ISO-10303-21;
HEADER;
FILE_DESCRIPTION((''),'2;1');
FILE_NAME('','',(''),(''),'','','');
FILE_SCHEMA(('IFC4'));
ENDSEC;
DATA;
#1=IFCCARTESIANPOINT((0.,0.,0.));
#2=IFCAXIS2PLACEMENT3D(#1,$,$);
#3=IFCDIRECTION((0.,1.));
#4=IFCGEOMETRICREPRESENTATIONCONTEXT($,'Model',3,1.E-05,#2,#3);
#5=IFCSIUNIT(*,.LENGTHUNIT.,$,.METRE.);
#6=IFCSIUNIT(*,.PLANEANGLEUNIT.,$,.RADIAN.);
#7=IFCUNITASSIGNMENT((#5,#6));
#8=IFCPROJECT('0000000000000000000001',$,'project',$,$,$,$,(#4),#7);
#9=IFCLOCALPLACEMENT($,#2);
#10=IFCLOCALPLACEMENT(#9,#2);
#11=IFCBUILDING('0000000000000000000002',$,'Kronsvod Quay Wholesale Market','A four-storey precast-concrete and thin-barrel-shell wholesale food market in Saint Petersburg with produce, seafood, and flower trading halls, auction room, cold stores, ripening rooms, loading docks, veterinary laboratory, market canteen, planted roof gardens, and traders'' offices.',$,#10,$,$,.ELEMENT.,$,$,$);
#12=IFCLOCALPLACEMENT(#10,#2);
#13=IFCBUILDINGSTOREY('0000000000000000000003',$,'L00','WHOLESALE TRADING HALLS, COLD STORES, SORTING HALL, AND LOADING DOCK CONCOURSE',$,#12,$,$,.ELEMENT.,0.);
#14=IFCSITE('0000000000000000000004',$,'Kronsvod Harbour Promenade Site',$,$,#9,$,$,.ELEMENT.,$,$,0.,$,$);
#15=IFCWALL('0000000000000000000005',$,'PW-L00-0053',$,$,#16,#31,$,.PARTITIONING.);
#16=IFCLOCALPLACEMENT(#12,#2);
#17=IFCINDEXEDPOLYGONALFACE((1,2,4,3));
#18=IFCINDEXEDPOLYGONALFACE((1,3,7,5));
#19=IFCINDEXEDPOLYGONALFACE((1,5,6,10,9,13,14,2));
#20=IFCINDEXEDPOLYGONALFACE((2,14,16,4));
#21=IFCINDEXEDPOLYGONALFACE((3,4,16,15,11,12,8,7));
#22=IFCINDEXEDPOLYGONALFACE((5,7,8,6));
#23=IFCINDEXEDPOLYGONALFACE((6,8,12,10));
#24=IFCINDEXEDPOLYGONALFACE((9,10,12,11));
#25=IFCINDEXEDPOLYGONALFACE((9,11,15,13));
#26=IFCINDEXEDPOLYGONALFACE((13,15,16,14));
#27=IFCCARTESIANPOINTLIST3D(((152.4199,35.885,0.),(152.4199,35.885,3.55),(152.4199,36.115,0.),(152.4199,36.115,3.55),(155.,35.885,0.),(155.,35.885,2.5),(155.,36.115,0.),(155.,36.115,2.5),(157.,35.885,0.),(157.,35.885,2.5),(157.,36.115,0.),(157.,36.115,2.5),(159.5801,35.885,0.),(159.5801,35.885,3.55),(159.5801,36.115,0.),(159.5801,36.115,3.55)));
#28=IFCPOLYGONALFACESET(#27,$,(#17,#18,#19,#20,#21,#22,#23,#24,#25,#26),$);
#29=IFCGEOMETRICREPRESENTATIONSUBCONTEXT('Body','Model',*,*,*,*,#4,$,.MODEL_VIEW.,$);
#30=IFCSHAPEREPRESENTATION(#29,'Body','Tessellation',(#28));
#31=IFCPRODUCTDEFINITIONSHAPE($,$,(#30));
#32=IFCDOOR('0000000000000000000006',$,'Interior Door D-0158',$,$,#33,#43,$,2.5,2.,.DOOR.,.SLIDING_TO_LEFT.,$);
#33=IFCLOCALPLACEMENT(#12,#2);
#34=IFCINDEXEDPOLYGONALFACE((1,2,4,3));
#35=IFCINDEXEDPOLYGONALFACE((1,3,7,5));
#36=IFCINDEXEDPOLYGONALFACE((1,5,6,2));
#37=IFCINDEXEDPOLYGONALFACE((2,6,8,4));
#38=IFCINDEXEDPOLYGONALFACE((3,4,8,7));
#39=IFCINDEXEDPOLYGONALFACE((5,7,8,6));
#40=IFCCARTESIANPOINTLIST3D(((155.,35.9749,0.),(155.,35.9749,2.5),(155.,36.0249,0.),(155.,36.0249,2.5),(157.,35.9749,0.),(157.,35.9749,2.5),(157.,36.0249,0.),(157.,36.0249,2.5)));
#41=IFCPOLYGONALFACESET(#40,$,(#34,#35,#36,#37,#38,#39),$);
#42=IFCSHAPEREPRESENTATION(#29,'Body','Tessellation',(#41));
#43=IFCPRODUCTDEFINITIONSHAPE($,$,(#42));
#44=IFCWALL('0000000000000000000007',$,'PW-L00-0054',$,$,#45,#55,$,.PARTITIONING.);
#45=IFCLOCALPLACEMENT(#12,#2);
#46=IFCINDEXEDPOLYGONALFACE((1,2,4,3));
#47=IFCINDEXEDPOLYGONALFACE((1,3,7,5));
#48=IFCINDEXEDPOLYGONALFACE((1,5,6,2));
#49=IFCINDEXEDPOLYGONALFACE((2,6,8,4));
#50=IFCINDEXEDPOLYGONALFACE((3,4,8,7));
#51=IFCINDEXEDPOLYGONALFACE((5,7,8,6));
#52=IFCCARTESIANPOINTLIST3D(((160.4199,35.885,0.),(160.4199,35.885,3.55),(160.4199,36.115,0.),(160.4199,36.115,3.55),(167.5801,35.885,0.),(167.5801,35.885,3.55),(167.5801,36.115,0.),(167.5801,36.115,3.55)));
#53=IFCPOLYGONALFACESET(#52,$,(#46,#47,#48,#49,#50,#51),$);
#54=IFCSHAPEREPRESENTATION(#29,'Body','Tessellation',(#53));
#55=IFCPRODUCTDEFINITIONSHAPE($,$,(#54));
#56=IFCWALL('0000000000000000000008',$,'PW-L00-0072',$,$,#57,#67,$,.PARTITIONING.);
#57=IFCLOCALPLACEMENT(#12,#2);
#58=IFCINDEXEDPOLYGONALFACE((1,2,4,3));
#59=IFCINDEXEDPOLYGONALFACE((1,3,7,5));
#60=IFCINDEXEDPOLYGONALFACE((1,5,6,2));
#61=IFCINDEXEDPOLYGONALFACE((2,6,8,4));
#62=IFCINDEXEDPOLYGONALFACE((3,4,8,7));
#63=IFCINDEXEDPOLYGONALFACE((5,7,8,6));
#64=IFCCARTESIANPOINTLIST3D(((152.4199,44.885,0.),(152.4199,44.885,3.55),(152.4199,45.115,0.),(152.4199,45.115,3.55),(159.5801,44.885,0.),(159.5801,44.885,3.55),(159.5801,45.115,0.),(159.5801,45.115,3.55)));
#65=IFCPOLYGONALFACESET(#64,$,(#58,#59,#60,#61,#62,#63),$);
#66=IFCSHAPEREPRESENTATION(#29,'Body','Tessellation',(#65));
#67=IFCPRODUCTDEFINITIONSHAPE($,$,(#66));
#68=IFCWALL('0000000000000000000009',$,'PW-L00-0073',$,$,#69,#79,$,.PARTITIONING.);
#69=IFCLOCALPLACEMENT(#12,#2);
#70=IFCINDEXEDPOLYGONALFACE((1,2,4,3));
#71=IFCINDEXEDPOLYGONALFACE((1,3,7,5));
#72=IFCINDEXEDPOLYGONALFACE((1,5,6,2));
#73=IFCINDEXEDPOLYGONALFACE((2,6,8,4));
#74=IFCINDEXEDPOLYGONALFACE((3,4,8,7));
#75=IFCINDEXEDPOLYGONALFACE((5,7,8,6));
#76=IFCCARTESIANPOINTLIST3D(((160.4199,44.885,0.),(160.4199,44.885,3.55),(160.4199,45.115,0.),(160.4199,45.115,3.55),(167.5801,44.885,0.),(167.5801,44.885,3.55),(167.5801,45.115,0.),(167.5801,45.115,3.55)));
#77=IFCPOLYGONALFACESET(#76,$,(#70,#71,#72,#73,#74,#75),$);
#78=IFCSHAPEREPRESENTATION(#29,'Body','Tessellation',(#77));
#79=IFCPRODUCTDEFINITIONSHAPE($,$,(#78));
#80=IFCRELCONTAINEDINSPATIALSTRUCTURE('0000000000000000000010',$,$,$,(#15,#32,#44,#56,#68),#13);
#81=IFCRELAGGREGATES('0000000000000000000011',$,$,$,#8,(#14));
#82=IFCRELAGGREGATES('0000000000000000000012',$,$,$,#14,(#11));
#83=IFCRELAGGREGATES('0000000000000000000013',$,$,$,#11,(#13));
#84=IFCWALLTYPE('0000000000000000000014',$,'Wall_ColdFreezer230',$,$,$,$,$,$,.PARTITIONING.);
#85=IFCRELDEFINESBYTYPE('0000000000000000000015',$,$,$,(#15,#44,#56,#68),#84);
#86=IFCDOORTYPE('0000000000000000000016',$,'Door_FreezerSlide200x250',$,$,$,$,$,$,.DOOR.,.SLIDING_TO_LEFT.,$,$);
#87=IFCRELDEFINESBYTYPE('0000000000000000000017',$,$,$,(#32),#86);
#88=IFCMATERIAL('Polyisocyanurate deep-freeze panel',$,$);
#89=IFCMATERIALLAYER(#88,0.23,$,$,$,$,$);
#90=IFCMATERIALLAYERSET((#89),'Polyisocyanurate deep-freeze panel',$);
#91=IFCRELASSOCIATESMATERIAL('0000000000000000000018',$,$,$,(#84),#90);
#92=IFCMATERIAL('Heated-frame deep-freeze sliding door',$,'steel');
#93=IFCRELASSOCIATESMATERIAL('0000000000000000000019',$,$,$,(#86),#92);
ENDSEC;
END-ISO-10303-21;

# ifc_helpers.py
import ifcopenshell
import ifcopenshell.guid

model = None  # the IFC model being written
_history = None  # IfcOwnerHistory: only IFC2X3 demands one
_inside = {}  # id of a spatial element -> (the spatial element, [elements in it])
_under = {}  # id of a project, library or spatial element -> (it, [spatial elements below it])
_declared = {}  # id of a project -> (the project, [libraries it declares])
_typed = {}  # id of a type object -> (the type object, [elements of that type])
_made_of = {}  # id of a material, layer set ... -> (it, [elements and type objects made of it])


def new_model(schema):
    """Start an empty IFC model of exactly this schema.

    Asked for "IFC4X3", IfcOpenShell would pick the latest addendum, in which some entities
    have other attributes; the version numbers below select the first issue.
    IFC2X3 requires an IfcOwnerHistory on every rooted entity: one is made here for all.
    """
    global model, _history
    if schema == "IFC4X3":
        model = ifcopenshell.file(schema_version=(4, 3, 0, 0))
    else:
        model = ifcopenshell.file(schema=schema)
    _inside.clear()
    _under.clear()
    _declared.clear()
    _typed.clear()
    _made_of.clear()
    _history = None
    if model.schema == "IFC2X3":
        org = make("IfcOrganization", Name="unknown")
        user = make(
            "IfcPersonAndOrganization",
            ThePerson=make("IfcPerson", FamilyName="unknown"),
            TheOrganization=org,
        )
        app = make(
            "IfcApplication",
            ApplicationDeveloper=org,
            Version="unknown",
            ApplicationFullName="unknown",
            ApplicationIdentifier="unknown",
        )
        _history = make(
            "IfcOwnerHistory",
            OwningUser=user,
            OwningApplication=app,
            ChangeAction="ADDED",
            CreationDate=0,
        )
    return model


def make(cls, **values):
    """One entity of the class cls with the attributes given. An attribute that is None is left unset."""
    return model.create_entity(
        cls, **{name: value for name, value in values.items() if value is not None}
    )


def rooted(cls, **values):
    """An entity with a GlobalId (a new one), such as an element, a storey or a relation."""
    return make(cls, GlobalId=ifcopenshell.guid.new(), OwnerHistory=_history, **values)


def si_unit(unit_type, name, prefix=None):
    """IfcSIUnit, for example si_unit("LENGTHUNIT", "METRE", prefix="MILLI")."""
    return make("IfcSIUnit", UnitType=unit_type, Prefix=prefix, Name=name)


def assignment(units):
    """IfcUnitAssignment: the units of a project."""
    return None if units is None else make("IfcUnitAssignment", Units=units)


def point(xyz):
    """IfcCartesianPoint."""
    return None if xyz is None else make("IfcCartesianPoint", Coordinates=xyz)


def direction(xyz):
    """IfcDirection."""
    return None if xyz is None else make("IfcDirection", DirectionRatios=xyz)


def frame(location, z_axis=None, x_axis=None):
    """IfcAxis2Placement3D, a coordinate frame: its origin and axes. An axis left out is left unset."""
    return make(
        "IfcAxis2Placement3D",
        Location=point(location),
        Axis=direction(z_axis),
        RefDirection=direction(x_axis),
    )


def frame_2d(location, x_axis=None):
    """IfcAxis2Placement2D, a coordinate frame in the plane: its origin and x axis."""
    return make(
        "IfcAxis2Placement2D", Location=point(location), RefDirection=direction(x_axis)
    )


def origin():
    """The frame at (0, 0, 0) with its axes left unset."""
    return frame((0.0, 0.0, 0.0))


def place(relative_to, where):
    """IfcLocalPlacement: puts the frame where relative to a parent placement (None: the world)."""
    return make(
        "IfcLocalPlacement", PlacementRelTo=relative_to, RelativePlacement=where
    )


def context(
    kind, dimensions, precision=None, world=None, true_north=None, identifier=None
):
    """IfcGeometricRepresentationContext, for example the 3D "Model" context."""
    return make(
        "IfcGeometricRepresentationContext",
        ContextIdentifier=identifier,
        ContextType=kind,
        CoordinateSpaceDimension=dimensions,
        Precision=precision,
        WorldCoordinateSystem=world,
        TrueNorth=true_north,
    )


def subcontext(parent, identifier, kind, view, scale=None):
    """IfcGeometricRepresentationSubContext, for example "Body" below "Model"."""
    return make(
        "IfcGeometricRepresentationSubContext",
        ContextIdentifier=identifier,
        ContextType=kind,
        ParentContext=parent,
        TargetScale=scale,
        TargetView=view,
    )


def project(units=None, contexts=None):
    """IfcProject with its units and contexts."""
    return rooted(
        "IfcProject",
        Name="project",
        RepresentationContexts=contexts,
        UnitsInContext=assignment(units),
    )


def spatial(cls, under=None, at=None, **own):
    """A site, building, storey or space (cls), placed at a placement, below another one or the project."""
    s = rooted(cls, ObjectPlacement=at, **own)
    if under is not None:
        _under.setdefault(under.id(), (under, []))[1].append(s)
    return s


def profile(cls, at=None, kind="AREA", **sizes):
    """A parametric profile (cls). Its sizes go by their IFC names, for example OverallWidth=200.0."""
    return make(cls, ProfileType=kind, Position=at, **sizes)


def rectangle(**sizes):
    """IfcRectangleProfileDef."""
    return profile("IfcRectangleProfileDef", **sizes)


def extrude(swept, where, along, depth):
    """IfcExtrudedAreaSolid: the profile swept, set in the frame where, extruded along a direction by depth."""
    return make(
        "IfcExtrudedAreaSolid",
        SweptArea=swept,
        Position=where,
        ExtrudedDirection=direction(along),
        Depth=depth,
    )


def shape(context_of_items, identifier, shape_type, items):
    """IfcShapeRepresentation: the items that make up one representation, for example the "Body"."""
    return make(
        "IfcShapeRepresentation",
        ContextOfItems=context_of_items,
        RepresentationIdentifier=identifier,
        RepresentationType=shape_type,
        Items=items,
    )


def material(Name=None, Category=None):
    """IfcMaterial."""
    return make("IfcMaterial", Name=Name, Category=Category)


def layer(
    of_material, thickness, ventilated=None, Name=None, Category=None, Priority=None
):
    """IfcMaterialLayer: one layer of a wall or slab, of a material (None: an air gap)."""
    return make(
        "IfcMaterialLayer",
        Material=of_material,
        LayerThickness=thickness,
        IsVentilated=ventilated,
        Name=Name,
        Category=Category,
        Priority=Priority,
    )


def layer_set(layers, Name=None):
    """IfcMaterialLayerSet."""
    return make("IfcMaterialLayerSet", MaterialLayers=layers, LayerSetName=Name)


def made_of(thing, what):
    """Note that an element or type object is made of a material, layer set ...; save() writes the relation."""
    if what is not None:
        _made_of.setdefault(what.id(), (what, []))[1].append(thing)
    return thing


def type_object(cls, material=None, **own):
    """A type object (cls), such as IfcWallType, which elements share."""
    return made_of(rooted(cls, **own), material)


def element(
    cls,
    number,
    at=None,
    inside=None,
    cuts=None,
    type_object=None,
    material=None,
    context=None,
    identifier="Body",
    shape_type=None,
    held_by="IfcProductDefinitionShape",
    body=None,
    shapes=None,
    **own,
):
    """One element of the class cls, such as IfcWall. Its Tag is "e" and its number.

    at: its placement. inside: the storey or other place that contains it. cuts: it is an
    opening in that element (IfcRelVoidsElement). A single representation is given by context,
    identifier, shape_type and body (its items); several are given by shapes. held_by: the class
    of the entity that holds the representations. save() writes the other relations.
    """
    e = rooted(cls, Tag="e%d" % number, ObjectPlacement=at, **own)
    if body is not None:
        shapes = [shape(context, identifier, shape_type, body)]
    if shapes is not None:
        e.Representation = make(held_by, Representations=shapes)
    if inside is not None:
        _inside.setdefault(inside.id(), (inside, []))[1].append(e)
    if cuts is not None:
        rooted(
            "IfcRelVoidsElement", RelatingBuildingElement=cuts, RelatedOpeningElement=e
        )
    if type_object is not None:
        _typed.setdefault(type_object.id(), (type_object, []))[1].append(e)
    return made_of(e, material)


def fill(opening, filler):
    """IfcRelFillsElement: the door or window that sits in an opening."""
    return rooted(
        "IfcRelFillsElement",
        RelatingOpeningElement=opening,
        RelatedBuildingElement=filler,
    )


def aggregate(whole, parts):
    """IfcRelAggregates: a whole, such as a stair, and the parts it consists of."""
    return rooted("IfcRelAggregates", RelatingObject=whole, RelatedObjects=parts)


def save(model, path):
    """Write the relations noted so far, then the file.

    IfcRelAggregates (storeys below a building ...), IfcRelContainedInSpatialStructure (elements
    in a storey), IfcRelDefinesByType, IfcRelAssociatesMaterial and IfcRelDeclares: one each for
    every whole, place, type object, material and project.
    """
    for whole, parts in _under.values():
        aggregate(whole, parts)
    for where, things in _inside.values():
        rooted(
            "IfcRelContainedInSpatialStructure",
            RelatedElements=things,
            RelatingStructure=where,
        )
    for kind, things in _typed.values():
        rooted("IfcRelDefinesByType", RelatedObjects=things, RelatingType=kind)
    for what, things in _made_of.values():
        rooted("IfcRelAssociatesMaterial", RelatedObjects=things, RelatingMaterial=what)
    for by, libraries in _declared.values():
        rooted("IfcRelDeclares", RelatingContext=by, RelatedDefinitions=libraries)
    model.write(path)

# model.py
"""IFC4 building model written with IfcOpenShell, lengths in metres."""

from ifc_helpers import new_model, si_unit, direction, frame, frame_2d, origin, place, context, subcontext, project, spatial, rectangle, extrude, material, layer, layer_set, type_object, element, fill, save


model = new_model("IFC4")

# Units and contexts
model_context = context("Model", 3, precision=1e-05, world=origin(), true_north=direction((0.0, 1.0)))
body_context = subcontext(model_context, "Body", "Model", "MODEL_VIEW")
ifc_project = project(units=[si_unit("LENGTHUNIT", "METRE"), si_unit("PLANEANGLEUNIT", "RADIAN")], contexts=[model_context])

# Site, building, storey
site_placement = place(None, origin())
site = spatial("IfcSite", under=ifc_project, at=site_placement, Name="Kronsvod Harbour Promenade Site", CompositionType="ELEMENT", RefElevation=0.0)
building_placement = place(site_placement, origin())
building = spatial("IfcBuilding", under=site, at=building_placement, Name="Kronsvod Quay Wholesale Market", Description="A four-storey precast-concrete and thin-barrel-shell wholesale food market in Saint Petersburg with produce, seafood, and flower trading halls, auction room, cold stores, ripening rooms, loading docks, veterinary laboratory, market canteen, planted roof gardens, and traders' offices.", CompositionType="ELEMENT")
storey_placement = place(building_placement, origin())
storey = spatial("IfcBuildingStorey", under=building, at=storey_placement, Name="L00", Description="WHOLESALE TRADING HALLS, COLD STORES, SORTING HALL, AND LOADING DOCK CONCOURSE", CompositionType="ELEMENT", Elevation=0.0)

# Wall, opening, door
ifc_material_1 = material(Name="Polyisocyanurate deep-freeze panel")
ifc_layer = layer(ifc_material_1, 0.23)
ifc_layer_set = layer_set([ifc_layer], Name="Polyisocyanurate deep-freeze panel")
wall_type = type_object("IfcWallType", Name="Wall_ColdFreezer230", PredefinedType="PARTITIONING", material=ifc_layer_set)
wall_placement = place(storey_placement, frame((152.4199, 36.0, 0.0), z_axis=(0.0, 0.0, 1.0), x_axis=(1.0, 0.0, 0.0)))
wall = element("IfcWall", 1, at=wall_placement, inside=storey, type_object=wall_type, Name="PW-L00-0053", PredefinedType="PARTITIONING", context=body_context, shape_type="SweptSolid", body=[
    extrude(rectangle(XDim=7.1602, YDim=0.23, at=frame_2d((3.5801, 0.0))), origin(), (0.0, 0.0, 1.0), 3.55),
])
opening_placement = place(wall_placement, frame((2.5801, 0.0, 0.0)))
opening = element("IfcOpeningElement", 2, at=opening_placement, cuts=wall, PredefinedType="OPENING", context=body_context, shape_type="SweptSolid", body=[
    extrude(rectangle(XDim=2.0, YDim=2.5, at=frame_2d((1.0, 1.25))), frame((0.0, 0.125, 0.0), z_axis=(0.0, -1.0, 0.0), x_axis=(1.0, 0.0, 0.0)), (0.0, 0.0, 1.0), 0.25),
])
ifc_material_2 = material(Name="Heated-frame deep-freeze sliding door", Category="steel")
door_type = type_object("IfcDoorType", Name="Door_FreezerSlide200x250", OperationType="SLIDING_TO_LEFT", PredefinedType="DOOR", material=ifc_material_2)
door_placement = place(opening_placement, origin())
door = element("IfcDoor", 3, at=door_placement, inside=storey, type_object=door_type, Name="Interior Door D-0158", OperationType="SLIDING_TO_LEFT", OverallHeight=2.5, OverallWidth=2.0, PredefinedType="DOOR", context=body_context, shape_type="SweptSolid", body=[
    extrude(rectangle(XDim=2.0, YDim=2.5, at=frame_2d((1.0, 1.25))), frame((0.0, 0.0249, 0.0), z_axis=(0.0, -1.0, 0.0), x_axis=(1.0, 0.0, 0.0)), (0.0, 0.0, 1.0), 0.05),
])
fill(opening, door)

# Walls
for number, where, z_axis, x_axis, name in (
    (4, (160.4199, 36.0, 0.0), (0.0, 0.0, 1.0), (1.0, 0.0, 0.0), "PW-L00-0054"),
    (5, (152.4199, 45.0, 0.0), (0.0, 0.0, 1.0), (1.0, 0.0, 0.0), "PW-L00-0072"),
    (6, (160.4199, 45.0, 0.0), (0.0, 0.0, 1.0), (1.0, 0.0, 0.0), "PW-L00-0073"),
):
    element("IfcWall", number, at=place(storey_placement, frame(where, z_axis=z_axis, x_axis=x_axis)), inside=storey, type_object=wall_type, Name=name, PredefinedType="PARTITIONING", context=body_context, shape_type="SweptSolid", body=[
        extrude(rectangle(XDim=7.1602, YDim=0.23, at=frame_2d((3.5801, 0.0))), origin(), (0.0, 0.0, 1.0), 3.55),
    ])

save(model, "model.ifc")
